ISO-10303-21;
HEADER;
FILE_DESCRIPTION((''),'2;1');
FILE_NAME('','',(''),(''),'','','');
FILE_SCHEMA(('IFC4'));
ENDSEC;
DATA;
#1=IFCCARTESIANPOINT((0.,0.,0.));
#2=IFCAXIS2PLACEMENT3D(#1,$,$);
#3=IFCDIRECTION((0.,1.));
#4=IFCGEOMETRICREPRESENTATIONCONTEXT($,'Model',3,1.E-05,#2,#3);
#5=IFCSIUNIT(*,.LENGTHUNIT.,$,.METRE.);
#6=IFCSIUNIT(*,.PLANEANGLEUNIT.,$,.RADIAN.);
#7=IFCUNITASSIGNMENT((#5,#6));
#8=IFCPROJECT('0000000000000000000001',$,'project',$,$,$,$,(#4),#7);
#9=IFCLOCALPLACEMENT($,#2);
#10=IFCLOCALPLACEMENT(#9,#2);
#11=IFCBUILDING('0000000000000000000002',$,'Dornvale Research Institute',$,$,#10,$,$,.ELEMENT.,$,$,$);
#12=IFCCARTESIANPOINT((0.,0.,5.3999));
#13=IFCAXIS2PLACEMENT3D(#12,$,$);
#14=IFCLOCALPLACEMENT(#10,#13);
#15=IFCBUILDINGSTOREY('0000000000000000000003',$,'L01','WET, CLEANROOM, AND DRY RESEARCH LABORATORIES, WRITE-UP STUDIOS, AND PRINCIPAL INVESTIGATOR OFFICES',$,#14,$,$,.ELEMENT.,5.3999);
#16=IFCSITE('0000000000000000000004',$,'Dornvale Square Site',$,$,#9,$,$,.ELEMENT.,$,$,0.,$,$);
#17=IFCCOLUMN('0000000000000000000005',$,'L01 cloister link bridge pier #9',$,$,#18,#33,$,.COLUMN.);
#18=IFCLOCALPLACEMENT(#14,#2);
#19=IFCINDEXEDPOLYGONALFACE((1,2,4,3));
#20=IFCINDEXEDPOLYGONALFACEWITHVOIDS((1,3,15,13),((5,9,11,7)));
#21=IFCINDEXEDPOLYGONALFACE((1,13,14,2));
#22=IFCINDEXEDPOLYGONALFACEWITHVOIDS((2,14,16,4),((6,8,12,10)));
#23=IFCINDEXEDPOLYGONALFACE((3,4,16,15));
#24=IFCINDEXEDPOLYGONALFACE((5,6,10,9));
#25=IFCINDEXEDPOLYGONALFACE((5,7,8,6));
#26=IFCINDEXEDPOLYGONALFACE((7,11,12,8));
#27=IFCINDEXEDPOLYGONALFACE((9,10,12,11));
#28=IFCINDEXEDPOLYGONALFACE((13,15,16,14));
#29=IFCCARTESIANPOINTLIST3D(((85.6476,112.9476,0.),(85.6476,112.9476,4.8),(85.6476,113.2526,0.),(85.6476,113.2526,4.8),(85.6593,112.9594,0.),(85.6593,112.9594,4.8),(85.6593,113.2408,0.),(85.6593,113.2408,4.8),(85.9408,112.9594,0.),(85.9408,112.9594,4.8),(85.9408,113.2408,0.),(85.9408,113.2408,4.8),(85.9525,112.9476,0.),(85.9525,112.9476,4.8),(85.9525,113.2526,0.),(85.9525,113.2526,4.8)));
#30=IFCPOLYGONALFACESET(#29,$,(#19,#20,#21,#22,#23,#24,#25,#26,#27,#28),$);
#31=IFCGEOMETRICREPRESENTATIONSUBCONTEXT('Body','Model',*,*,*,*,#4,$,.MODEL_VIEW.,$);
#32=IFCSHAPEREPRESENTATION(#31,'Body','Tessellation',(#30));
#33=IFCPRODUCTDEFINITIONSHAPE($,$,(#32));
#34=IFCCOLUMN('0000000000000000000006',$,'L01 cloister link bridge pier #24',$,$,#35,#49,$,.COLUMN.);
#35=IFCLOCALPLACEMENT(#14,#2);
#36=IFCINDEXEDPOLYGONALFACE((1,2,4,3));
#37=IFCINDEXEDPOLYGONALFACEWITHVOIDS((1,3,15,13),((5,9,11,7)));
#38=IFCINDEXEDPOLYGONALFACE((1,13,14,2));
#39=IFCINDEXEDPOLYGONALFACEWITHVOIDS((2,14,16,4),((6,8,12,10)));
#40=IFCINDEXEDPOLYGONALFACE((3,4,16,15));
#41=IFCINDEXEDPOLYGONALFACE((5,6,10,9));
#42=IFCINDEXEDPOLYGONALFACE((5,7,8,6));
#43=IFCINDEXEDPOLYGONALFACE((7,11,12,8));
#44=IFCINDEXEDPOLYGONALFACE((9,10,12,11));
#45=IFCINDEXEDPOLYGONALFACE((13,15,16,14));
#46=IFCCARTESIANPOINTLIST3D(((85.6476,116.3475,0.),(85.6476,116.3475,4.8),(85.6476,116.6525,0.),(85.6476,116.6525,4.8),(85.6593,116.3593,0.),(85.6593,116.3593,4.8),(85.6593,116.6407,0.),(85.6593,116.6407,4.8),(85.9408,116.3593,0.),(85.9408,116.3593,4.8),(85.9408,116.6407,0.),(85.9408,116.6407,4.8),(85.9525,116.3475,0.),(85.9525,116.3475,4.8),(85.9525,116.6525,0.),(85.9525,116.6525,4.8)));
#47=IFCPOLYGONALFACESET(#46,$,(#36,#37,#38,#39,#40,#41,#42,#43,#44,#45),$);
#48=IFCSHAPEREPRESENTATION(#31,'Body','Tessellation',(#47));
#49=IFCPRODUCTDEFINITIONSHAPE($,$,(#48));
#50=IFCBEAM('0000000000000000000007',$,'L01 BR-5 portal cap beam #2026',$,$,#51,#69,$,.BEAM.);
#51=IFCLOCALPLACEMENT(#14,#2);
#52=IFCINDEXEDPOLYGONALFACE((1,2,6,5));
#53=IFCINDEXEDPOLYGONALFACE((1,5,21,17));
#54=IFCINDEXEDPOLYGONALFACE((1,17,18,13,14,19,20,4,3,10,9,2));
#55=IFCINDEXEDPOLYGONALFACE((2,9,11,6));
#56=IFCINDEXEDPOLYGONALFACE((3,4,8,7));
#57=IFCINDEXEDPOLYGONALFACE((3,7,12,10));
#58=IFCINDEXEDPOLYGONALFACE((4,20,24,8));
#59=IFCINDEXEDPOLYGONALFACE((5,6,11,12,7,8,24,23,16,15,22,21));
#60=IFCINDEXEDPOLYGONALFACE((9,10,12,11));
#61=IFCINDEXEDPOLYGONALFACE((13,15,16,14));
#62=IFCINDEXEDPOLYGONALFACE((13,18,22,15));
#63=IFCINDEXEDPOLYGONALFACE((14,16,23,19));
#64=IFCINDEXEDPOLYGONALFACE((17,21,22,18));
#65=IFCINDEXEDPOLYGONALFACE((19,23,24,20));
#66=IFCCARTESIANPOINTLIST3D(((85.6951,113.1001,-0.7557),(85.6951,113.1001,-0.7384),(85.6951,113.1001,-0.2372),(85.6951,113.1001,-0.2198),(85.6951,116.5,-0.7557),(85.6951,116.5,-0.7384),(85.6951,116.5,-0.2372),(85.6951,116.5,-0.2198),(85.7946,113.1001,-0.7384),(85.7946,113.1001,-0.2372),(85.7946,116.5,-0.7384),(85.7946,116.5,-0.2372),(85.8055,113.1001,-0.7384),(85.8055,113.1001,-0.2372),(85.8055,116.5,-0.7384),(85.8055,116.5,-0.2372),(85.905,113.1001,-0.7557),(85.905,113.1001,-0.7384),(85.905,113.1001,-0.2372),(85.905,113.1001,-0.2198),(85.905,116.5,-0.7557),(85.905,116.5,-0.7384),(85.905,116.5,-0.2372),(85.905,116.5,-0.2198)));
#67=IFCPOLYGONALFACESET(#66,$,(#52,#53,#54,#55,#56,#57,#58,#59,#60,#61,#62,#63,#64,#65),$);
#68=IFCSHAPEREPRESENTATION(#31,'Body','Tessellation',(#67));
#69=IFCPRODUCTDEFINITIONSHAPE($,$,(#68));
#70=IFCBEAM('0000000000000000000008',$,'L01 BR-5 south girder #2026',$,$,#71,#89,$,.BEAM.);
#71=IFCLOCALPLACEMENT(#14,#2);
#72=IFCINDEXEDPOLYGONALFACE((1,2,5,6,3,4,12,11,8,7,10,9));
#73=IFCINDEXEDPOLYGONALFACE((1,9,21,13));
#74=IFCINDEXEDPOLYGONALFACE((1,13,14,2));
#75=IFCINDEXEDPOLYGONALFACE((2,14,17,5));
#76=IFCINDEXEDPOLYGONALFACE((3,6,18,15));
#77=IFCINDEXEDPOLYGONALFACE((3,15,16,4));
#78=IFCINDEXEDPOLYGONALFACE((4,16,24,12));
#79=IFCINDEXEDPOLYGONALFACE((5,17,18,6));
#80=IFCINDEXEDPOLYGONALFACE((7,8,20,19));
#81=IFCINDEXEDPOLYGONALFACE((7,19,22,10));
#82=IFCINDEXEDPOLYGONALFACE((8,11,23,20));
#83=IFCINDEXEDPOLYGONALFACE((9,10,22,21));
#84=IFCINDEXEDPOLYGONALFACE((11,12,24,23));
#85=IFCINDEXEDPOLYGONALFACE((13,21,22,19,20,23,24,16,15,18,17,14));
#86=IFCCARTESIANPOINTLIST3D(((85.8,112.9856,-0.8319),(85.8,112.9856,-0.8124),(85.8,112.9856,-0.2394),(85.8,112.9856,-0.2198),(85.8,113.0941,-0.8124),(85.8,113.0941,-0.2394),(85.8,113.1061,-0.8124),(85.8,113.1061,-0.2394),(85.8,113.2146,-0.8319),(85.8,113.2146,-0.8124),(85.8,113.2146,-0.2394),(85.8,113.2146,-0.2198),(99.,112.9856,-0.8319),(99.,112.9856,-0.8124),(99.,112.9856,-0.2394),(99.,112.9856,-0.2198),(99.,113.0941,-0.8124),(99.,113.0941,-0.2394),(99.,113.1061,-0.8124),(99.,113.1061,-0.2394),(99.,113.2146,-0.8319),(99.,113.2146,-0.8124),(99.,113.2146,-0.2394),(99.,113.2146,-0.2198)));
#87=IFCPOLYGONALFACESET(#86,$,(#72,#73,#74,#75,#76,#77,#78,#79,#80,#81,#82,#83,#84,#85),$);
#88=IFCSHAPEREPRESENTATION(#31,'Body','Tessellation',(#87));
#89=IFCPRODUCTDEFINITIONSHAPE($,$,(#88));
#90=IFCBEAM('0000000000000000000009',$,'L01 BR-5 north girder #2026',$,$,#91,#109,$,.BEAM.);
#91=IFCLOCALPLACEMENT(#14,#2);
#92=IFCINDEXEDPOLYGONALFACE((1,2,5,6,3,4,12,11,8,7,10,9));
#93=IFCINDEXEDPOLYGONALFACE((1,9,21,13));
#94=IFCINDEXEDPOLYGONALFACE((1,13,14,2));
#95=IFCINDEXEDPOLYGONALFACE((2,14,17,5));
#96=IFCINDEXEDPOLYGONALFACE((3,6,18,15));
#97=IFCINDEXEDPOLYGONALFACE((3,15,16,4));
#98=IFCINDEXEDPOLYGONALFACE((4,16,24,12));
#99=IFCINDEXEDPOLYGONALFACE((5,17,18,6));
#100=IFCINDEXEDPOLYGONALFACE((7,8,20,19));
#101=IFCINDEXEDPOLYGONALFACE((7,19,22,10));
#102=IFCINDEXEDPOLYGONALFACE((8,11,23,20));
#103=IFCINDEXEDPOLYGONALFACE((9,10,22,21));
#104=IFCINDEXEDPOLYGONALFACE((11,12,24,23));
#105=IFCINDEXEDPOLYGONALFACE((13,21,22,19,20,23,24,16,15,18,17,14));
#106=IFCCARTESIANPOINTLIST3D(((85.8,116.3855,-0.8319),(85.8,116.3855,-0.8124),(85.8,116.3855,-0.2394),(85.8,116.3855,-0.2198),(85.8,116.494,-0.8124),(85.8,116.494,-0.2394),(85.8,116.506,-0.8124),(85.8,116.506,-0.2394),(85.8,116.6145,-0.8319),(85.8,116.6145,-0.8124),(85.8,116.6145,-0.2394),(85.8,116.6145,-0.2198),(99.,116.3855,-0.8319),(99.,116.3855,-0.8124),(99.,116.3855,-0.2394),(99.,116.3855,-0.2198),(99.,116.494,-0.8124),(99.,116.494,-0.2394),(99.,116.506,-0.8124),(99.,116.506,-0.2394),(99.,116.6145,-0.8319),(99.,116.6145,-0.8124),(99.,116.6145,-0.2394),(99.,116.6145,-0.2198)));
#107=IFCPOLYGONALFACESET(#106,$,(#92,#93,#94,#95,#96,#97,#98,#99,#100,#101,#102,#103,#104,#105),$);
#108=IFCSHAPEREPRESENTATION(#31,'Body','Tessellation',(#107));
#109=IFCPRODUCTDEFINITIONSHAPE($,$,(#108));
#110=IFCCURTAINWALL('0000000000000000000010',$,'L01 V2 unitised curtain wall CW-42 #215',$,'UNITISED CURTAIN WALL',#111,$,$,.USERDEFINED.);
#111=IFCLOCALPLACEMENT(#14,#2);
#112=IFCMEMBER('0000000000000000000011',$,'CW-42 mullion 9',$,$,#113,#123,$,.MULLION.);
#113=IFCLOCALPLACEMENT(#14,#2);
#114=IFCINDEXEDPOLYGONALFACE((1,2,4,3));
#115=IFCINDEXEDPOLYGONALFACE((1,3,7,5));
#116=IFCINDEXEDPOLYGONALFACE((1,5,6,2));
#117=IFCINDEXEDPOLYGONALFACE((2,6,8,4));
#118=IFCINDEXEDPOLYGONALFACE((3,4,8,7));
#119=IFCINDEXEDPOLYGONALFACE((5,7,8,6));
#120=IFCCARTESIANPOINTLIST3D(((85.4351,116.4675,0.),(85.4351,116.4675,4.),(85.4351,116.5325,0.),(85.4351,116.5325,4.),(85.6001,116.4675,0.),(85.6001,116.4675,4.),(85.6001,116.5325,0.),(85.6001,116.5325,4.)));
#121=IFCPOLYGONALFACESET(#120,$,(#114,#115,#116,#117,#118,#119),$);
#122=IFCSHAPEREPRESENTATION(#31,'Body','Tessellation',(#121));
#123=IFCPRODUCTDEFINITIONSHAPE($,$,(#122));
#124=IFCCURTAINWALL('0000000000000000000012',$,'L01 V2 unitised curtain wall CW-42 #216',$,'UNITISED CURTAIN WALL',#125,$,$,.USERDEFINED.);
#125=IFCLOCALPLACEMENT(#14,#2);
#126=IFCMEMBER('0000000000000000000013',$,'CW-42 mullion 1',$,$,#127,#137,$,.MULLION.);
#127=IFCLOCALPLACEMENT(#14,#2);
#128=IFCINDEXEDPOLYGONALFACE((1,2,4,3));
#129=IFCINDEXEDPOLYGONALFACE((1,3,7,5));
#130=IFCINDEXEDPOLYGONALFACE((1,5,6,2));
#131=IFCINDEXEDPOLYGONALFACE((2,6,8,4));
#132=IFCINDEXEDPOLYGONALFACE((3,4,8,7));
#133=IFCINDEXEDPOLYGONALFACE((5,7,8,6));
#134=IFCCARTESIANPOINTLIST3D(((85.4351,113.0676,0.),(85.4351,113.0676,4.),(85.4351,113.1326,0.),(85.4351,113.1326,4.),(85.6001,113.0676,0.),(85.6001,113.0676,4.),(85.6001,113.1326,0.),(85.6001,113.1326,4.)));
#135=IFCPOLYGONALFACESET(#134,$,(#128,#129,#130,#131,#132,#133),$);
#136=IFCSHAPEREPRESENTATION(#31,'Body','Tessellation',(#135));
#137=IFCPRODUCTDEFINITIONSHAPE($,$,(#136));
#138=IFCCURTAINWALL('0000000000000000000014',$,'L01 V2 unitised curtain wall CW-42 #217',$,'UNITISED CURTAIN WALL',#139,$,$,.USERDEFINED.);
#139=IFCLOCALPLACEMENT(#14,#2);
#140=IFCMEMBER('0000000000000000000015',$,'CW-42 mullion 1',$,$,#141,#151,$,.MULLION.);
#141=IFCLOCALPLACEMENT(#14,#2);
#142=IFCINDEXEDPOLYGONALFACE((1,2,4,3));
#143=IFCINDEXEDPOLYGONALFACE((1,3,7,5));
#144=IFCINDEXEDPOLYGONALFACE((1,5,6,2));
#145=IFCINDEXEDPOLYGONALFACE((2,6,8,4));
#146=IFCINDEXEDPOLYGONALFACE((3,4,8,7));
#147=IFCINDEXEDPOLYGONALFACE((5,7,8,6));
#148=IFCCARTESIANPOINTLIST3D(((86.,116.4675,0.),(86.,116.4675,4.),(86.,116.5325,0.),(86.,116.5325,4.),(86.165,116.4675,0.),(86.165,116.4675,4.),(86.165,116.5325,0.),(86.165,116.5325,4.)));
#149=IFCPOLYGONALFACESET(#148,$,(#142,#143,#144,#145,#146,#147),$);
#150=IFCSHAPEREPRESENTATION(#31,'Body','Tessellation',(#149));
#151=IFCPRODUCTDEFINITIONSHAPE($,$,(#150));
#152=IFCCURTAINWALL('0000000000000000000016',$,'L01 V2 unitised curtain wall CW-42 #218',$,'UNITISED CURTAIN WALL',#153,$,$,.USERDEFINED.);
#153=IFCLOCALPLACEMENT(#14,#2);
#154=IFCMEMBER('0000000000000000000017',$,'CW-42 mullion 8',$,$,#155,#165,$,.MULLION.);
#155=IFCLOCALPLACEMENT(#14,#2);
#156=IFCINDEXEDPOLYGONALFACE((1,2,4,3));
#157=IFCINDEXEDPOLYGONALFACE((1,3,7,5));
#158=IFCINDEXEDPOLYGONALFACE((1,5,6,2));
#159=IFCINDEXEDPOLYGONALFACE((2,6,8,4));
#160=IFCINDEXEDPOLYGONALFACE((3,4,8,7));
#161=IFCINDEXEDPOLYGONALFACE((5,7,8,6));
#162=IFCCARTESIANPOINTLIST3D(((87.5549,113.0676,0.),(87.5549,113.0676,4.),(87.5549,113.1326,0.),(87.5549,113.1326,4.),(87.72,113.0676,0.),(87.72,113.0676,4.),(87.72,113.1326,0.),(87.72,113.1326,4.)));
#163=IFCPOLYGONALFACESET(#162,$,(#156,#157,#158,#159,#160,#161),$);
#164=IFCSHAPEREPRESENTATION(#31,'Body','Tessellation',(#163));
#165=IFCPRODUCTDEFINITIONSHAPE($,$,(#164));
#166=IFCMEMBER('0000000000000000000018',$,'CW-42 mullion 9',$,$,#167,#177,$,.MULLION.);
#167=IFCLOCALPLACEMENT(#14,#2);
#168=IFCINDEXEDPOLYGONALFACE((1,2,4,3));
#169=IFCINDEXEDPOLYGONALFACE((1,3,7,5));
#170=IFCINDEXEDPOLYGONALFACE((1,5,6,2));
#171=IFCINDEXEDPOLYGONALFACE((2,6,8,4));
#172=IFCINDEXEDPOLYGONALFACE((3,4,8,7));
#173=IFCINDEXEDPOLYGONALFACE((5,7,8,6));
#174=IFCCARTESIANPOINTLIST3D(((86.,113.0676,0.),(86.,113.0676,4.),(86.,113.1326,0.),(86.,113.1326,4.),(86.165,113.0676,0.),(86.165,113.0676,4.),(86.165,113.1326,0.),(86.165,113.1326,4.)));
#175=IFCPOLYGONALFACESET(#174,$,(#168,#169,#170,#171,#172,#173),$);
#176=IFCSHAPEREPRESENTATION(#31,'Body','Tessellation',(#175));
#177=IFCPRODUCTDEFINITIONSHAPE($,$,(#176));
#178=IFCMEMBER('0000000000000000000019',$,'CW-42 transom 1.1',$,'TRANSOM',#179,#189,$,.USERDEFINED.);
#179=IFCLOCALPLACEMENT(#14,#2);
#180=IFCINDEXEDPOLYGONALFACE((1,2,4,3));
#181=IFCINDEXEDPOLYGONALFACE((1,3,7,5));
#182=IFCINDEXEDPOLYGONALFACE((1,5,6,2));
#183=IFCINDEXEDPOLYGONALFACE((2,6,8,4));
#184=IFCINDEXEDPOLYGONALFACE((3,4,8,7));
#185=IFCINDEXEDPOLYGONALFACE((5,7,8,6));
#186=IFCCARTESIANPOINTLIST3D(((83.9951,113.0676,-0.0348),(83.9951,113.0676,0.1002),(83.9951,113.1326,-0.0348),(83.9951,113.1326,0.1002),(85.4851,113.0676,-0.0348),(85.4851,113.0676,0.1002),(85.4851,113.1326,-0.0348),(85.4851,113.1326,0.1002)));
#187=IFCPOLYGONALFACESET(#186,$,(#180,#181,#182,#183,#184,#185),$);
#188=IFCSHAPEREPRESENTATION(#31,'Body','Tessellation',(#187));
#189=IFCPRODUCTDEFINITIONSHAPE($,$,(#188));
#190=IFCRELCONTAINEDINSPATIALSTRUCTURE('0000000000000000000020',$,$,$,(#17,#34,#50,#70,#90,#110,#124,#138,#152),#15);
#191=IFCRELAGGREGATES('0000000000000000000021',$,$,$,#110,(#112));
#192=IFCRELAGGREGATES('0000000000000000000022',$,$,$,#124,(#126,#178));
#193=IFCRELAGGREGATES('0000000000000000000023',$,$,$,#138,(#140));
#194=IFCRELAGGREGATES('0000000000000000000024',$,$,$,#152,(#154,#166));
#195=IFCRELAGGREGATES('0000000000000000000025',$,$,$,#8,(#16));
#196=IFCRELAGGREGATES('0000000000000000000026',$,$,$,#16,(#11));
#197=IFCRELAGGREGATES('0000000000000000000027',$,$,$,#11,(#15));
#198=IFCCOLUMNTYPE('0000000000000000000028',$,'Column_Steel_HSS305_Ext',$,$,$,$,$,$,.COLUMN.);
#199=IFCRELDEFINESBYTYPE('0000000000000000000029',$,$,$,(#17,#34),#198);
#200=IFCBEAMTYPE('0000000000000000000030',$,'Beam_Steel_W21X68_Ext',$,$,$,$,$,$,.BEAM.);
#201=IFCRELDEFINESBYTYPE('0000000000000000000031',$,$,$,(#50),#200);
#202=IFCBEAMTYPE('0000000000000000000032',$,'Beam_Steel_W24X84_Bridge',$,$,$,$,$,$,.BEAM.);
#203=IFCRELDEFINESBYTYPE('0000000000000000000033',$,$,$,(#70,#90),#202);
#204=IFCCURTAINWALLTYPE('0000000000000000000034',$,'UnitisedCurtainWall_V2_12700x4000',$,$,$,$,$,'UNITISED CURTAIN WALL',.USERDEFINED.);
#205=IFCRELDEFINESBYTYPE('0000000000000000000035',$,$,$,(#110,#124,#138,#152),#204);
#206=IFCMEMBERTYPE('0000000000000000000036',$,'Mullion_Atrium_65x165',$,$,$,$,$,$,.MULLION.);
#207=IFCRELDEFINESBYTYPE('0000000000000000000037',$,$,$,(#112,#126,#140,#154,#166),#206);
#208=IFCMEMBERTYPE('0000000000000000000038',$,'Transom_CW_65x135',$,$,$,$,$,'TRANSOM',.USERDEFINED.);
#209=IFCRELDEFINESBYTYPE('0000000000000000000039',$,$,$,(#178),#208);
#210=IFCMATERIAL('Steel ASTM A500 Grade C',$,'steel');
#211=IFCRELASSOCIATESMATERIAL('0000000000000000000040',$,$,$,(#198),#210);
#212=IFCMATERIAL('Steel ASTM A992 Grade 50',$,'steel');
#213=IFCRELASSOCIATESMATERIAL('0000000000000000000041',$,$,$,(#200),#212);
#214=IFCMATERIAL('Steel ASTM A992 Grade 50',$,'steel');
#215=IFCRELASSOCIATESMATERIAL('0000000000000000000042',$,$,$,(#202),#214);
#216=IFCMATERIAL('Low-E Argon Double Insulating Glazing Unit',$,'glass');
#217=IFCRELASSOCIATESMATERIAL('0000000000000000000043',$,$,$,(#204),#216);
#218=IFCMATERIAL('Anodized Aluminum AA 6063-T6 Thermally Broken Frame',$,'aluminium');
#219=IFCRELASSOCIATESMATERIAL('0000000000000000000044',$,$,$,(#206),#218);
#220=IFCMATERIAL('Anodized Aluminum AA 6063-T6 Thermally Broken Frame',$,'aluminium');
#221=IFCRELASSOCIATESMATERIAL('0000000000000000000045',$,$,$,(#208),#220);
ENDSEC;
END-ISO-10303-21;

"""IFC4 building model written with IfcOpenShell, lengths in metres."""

from ifc_helpers import new_model, si_unit, direction, frame, origin, origin_2d, place, context, subcontext, project, spatial, rectangle, hollow_rectangle, i_section, extrude, material, material_profile, profile_set, type_object, element, aggregate, save


model = new_model("IFC4")

# Units and contexts
model_context = context("Model", 3, precision=1e-05, world=origin(), true_north=direction((0.0, 1.0)))
body_context = subcontext(model_context, "Body", "Model", "MODEL_VIEW")
ifc_project = project(units=[si_unit("LENGTHUNIT", "METRE"), si_unit("PLANEANGLEUNIT", "RADIAN")], contexts=[model_context])

# Site, building, storey
site_placement = place(None, origin())
site = spatial("IfcSite", under=ifc_project, at=site_placement, Name="Dornvale Square Site", CompositionType="ELEMENT", RefElevation=0.0)
building_placement = place(site_placement, origin())
building = spatial("IfcBuilding", under=site, at=building_placement, Name="Dornvale Research Institute", CompositionType="ELEMENT")
storey_placement = place(building_placement, frame((0.0, 0.0, 5.3999)))
storey = spatial("IfcBuildingStorey", under=building, at=storey_placement, Name="L01", Description="WET, CLEANROOM, AND DRY RESEARCH LABORATORIES, WRITE-UP STUDIOS, AND PRINCIPAL INVESTIGATOR OFFICES", CompositionType="ELEMENT", Elevation=5.3999)

# Columns
ifc_material_1 = material(Name="Steel ASTM A500 Grade C", Category="steel")
ifc_material_profile_1 = material_profile(ifc_material_1, hollow_rectangle(XDim=0.3049, YDim=0.3049, WallThickness=0.0117, at=origin_2d()), Name="HSS305X305X12.7")
ifc_profile_set_1 = profile_set([ifc_material_profile_1], Name="Steel ASTM A500 Grade C")
column_type = type_object("IfcColumnType", Name="Column_Steel_HSS305_Ext", PredefinedType="COLUMN", material=ifc_profile_set_1)
for number, where, z_axis, x_axis, name in (
    (1, (85.8, 113.1001, 0.0), (0.0, 0.0, 1.0), (1.0, 0.0, 0.0), "L01 cloister link bridge pier #9"),
    (2, (85.8, 116.5, 0.0), (0.0, 0.0, 1.0), (1.0, 0.0, 0.0), "L01 cloister link bridge pier #24"),
):
    element("IfcColumn", number, at=place(storey_placement, frame(where, z_axis=z_axis, x_axis=x_axis)), inside=storey, type_object=column_type, Name=name, PredefinedType="COLUMN", context=body_context, shape_type="SweptSolid", body=[
        extrude(hollow_rectangle(XDim=0.3049, YDim=0.3049, WallThickness=0.0117, at=origin_2d()), origin(), (0.0, 0.0, 1.0), 4.8),
    ])

# Beams
ifc_material_2 = material(Name="Steel ASTM A992 Grade 50", Category="steel")
ifc_material_profile_2 = material_profile(ifc_material_2, i_section(OverallWidth=0.21, OverallDepth=0.5359, WebThickness=0.011, FlangeThickness=0.0173, at=origin_2d()), Name="W21X68")
ifc_profile_set_2 = profile_set([ifc_material_profile_2], Name="Steel ASTM A992 Grade 50")
beam_type_1 = type_object("IfcBeamType", Name="Beam_Steel_W21X68_Ext", PredefinedType="BEAM", material=ifc_profile_set_2)
beam_placement = place(storey_placement, frame((85.8, 113.1001, -0.4878), z_axis=(0.0, 1.0, 0.0), x_axis=(-1.0, 0.0, 0.0)))
element("IfcBeam", 3, at=beam_placement, inside=storey, type_object=beam_type_1, Name="L01 BR-5 portal cap beam #2026", PredefinedType="BEAM", context=body_context, shape_type="SweptSolid", body=[
    extrude(i_section(OverallWidth=0.21, OverallDepth=0.5359, WebThickness=0.011, FlangeThickness=0.0173, at=origin_2d()), origin(), (0.0, 0.0, 1.0), 3.3999),
])
ifc_material_3 = material(Name="Steel ASTM A992 Grade 50", Category="steel")
ifc_material_profile_3 = material_profile(ifc_material_3, i_section(OverallWidth=0.229, OverallDepth=0.6121, WebThickness=0.012, FlangeThickness=0.0195, at=origin_2d()), Name="W24X84")
ifc_profile_set_3 = profile_set([ifc_material_profile_3], Name="Steel ASTM A992 Grade 50")
beam_type_2 = type_object("IfcBeamType", Name="Beam_Steel_W24X84_Bridge", PredefinedType="BEAM", material=ifc_profile_set_3)
for number, where, z_axis, x_axis, name in (
    (4, (85.8, 113.1001, -0.5259), (1.0, 0.0, 0.0), (0.0, 1.0, 0.0), "L01 BR-5 south girder #2026"),
    (5, (85.8, 116.5, -0.5259), (1.0, 0.0, 0.0), (0.0, 1.0, 0.0), "L01 BR-5 north girder #2026"),
):
    element("IfcBeam", number, at=place(storey_placement, frame(where, z_axis=z_axis, x_axis=x_axis)), inside=storey, type_object=beam_type_2, Name=name, PredefinedType="BEAM", context=body_context, shape_type="SweptSolid", body=[
        extrude(i_section(OverallWidth=0.229, OverallDepth=0.6121, WebThickness=0.012, FlangeThickness=0.0195, at=origin_2d()), origin(), (0.0, 0.0, 1.0), 13.2),
    ])

# Curtain walls, members
ifc_material_4 = material(Name="Low-E Argon Double Insulating Glazing Unit", Category="glass")
curtain_wall_type = type_object("IfcCurtainWallType", Name="UnitisedCurtainWall_V2_12700x4000", ElementType="UNITISED CURTAIN WALL", PredefinedType="USERDEFINED", material=ifc_material_4)
curtain_wall_1_placement = place(storey_placement, origin())
curtain_wall_1 = element("IfcCurtainWall", 6, at=curtain_wall_1_placement, inside=storey, type_object=curtain_wall_type, Name="L01 V2 unitised curtain wall CW-42 #215", ObjectType="UNITISED CURTAIN WALL", PredefinedType="USERDEFINED")
ifc_material_5 = material(Name="Anodized Aluminum AA 6063-T6 Thermally Broken Frame", Category="aluminium")
ifc_material_profile_4 = material_profile(ifc_material_5, rectangle(XDim=0.0649, YDim=0.165, at=origin_2d()), Name="ALU MULLION 65x165")
ifc_profile_set_4 = profile_set([ifc_material_profile_4], Name="Anodized Aluminum AA 6063-T6 Thermally Broken Frame")
member_type_1 = type_object("IfcMemberType", Name="Mullion_Atrium_65x165", PredefinedType="MULLION", material=ifc_profile_set_4)
member_1_placement = place(storey_placement, frame((85.5176, 116.5, 0.0), z_axis=(0.0, 0.0, 1.0), x_axis=(0.0, 1.0, 0.0)))
member_1 = element("IfcMember", 7, at=member_1_placement, type_object=member_type_1, Name="CW-42 mullion 9", PredefinedType="MULLION", context=body_context, shape_type="SweptSolid", body=[
    extrude(rectangle(XDim=0.0649, YDim=0.165, at=origin_2d()), origin(), (0.0, 0.0, 1.0), 4.0),
])
curtain_wall_2_placement = place(storey_placement, origin())
curtain_wall_2 = element("IfcCurtainWall", 8, at=curtain_wall_2_placement, inside=storey, type_object=curtain_wall_type, Name="L01 V2 unitised curtain wall CW-42 #216", ObjectType="UNITISED CURTAIN WALL", PredefinedType="USERDEFINED")
member_2_placement = place(storey_placement, frame((85.5176, 113.1001, 0.0), z_axis=(0.0, 0.0, 1.0), x_axis=(0.0, -1.0, 0.0)))
member_2 = element("IfcMember", 9, at=member_2_placement, type_object=member_type_1, Name="CW-42 mullion 1", PredefinedType="MULLION", context=body_context, shape_type="SweptSolid", body=[
    extrude(rectangle(XDim=0.0649, YDim=0.165, at=origin_2d()), origin(), (0.0, 0.0, 1.0), 4.0),
])
curtain_wall_3_placement = place(storey_placement, origin())
curtain_wall_3 = element("IfcCurtainWall", 10, at=curtain_wall_3_placement, inside=storey, type_object=curtain_wall_type, Name="L01 V2 unitised curtain wall CW-42 #217", ObjectType="UNITISED CURTAIN WALL", PredefinedType="USERDEFINED")
member_3_placement = place(storey_placement, frame((86.0825, 116.5, 0.0), z_axis=(0.0, 0.0, 1.0), x_axis=(0.0, 1.0, 0.0)))
member_3 = element("IfcMember", 11, at=member_3_placement, type_object=member_type_1, Name="CW-42 mullion 1", PredefinedType="MULLION", context=body_context, shape_type="SweptSolid", body=[
    extrude(rectangle(XDim=0.0649, YDim=0.165, at=origin_2d()), origin(), (0.0, 0.0, 1.0), 4.0),
])

# Curtain wall, members
curtain_wall_4_placement = place(storey_placement, origin())
curtain_wall_4 = element("IfcCurtainWall", 12, at=curtain_wall_4_placement, inside=storey, type_object=curtain_wall_type, Name="L01 V2 unitised curtain wall CW-42 #218", ObjectType="UNITISED CURTAIN WALL", PredefinedType="USERDEFINED")
member_4_placement = place(storey_placement, frame((87.6375, 113.1001, 0.0), z_axis=(0.0, 0.0, 1.0), x_axis=(0.0, -1.0, 0.0)))
member_4 = element("IfcMember", 13, at=member_4_placement, type_object=member_type_1, Name="CW-42 mullion 8", PredefinedType="MULLION", context=body_context, shape_type="SweptSolid", body=[
    extrude(rectangle(XDim=0.0649, YDim=0.165, at=origin_2d()), origin(), (0.0, 0.0, 1.0), 4.0),
])
member_5_placement = place(storey_placement, frame((86.0825, 113.1001, 0.0), z_axis=(0.0, 0.0, 1.0), x_axis=(0.0, -1.0, 0.0)))
member_5 = element("IfcMember", 14, at=member_5_placement, type_object=member_type_1, Name="CW-42 mullion 9", PredefinedType="MULLION", context=body_context, shape_type="SweptSolid", body=[
    extrude(rectangle(XDim=0.0649, YDim=0.165, at=origin_2d()), origin(), (0.0, 0.0, 1.0), 4.0),
])

# Member
ifc_material_6 = material(Name="Anodized Aluminum AA 6063-T6 Thermally Broken Frame", Category="aluminium")
ifc_material_profile_5 = material_profile(ifc_material_6, rectangle(XDim=0.0649, YDim=0.135, at=origin_2d()), Name="ALU TRANSOM 65x135")
ifc_profile_set_5 = profile_set([ifc_material_profile_5], Name="Anodized Aluminum AA 6063-T6 Thermally Broken Frame")
member_type_2 = type_object("IfcMemberType", Name="Transom_CW_65x135", ElementType="TRANSOM", PredefinedType="USERDEFINED", material=ifc_profile_set_5)
member_6_placement = place(storey_placement, frame((85.4851, 113.1001, 0.0327), z_axis=(-1.0, 0.0, 0.0), x_axis=(0.0, -1.0, 0.0)))
member_6 = element("IfcMember", 15, at=member_6_placement, type_object=member_type_2, Name="CW-42 transom 1.1", ObjectType="TRANSOM", PredefinedType="USERDEFINED", context=body_context, shape_type="SweptSolid", body=[
    extrude(rectangle(XDim=0.0649, YDim=0.135, at=origin_2d()), origin(), (0.0, 0.0, 1.0), 1.49),
])

aggregate(curtain_wall_1, [member_1])
aggregate(curtain_wall_2, [member_2, member_6])
aggregate(curtain_wall_3, [member_3])
aggregate(curtain_wall_4, [member_4, member_5])

save(model, "model.ifc")
